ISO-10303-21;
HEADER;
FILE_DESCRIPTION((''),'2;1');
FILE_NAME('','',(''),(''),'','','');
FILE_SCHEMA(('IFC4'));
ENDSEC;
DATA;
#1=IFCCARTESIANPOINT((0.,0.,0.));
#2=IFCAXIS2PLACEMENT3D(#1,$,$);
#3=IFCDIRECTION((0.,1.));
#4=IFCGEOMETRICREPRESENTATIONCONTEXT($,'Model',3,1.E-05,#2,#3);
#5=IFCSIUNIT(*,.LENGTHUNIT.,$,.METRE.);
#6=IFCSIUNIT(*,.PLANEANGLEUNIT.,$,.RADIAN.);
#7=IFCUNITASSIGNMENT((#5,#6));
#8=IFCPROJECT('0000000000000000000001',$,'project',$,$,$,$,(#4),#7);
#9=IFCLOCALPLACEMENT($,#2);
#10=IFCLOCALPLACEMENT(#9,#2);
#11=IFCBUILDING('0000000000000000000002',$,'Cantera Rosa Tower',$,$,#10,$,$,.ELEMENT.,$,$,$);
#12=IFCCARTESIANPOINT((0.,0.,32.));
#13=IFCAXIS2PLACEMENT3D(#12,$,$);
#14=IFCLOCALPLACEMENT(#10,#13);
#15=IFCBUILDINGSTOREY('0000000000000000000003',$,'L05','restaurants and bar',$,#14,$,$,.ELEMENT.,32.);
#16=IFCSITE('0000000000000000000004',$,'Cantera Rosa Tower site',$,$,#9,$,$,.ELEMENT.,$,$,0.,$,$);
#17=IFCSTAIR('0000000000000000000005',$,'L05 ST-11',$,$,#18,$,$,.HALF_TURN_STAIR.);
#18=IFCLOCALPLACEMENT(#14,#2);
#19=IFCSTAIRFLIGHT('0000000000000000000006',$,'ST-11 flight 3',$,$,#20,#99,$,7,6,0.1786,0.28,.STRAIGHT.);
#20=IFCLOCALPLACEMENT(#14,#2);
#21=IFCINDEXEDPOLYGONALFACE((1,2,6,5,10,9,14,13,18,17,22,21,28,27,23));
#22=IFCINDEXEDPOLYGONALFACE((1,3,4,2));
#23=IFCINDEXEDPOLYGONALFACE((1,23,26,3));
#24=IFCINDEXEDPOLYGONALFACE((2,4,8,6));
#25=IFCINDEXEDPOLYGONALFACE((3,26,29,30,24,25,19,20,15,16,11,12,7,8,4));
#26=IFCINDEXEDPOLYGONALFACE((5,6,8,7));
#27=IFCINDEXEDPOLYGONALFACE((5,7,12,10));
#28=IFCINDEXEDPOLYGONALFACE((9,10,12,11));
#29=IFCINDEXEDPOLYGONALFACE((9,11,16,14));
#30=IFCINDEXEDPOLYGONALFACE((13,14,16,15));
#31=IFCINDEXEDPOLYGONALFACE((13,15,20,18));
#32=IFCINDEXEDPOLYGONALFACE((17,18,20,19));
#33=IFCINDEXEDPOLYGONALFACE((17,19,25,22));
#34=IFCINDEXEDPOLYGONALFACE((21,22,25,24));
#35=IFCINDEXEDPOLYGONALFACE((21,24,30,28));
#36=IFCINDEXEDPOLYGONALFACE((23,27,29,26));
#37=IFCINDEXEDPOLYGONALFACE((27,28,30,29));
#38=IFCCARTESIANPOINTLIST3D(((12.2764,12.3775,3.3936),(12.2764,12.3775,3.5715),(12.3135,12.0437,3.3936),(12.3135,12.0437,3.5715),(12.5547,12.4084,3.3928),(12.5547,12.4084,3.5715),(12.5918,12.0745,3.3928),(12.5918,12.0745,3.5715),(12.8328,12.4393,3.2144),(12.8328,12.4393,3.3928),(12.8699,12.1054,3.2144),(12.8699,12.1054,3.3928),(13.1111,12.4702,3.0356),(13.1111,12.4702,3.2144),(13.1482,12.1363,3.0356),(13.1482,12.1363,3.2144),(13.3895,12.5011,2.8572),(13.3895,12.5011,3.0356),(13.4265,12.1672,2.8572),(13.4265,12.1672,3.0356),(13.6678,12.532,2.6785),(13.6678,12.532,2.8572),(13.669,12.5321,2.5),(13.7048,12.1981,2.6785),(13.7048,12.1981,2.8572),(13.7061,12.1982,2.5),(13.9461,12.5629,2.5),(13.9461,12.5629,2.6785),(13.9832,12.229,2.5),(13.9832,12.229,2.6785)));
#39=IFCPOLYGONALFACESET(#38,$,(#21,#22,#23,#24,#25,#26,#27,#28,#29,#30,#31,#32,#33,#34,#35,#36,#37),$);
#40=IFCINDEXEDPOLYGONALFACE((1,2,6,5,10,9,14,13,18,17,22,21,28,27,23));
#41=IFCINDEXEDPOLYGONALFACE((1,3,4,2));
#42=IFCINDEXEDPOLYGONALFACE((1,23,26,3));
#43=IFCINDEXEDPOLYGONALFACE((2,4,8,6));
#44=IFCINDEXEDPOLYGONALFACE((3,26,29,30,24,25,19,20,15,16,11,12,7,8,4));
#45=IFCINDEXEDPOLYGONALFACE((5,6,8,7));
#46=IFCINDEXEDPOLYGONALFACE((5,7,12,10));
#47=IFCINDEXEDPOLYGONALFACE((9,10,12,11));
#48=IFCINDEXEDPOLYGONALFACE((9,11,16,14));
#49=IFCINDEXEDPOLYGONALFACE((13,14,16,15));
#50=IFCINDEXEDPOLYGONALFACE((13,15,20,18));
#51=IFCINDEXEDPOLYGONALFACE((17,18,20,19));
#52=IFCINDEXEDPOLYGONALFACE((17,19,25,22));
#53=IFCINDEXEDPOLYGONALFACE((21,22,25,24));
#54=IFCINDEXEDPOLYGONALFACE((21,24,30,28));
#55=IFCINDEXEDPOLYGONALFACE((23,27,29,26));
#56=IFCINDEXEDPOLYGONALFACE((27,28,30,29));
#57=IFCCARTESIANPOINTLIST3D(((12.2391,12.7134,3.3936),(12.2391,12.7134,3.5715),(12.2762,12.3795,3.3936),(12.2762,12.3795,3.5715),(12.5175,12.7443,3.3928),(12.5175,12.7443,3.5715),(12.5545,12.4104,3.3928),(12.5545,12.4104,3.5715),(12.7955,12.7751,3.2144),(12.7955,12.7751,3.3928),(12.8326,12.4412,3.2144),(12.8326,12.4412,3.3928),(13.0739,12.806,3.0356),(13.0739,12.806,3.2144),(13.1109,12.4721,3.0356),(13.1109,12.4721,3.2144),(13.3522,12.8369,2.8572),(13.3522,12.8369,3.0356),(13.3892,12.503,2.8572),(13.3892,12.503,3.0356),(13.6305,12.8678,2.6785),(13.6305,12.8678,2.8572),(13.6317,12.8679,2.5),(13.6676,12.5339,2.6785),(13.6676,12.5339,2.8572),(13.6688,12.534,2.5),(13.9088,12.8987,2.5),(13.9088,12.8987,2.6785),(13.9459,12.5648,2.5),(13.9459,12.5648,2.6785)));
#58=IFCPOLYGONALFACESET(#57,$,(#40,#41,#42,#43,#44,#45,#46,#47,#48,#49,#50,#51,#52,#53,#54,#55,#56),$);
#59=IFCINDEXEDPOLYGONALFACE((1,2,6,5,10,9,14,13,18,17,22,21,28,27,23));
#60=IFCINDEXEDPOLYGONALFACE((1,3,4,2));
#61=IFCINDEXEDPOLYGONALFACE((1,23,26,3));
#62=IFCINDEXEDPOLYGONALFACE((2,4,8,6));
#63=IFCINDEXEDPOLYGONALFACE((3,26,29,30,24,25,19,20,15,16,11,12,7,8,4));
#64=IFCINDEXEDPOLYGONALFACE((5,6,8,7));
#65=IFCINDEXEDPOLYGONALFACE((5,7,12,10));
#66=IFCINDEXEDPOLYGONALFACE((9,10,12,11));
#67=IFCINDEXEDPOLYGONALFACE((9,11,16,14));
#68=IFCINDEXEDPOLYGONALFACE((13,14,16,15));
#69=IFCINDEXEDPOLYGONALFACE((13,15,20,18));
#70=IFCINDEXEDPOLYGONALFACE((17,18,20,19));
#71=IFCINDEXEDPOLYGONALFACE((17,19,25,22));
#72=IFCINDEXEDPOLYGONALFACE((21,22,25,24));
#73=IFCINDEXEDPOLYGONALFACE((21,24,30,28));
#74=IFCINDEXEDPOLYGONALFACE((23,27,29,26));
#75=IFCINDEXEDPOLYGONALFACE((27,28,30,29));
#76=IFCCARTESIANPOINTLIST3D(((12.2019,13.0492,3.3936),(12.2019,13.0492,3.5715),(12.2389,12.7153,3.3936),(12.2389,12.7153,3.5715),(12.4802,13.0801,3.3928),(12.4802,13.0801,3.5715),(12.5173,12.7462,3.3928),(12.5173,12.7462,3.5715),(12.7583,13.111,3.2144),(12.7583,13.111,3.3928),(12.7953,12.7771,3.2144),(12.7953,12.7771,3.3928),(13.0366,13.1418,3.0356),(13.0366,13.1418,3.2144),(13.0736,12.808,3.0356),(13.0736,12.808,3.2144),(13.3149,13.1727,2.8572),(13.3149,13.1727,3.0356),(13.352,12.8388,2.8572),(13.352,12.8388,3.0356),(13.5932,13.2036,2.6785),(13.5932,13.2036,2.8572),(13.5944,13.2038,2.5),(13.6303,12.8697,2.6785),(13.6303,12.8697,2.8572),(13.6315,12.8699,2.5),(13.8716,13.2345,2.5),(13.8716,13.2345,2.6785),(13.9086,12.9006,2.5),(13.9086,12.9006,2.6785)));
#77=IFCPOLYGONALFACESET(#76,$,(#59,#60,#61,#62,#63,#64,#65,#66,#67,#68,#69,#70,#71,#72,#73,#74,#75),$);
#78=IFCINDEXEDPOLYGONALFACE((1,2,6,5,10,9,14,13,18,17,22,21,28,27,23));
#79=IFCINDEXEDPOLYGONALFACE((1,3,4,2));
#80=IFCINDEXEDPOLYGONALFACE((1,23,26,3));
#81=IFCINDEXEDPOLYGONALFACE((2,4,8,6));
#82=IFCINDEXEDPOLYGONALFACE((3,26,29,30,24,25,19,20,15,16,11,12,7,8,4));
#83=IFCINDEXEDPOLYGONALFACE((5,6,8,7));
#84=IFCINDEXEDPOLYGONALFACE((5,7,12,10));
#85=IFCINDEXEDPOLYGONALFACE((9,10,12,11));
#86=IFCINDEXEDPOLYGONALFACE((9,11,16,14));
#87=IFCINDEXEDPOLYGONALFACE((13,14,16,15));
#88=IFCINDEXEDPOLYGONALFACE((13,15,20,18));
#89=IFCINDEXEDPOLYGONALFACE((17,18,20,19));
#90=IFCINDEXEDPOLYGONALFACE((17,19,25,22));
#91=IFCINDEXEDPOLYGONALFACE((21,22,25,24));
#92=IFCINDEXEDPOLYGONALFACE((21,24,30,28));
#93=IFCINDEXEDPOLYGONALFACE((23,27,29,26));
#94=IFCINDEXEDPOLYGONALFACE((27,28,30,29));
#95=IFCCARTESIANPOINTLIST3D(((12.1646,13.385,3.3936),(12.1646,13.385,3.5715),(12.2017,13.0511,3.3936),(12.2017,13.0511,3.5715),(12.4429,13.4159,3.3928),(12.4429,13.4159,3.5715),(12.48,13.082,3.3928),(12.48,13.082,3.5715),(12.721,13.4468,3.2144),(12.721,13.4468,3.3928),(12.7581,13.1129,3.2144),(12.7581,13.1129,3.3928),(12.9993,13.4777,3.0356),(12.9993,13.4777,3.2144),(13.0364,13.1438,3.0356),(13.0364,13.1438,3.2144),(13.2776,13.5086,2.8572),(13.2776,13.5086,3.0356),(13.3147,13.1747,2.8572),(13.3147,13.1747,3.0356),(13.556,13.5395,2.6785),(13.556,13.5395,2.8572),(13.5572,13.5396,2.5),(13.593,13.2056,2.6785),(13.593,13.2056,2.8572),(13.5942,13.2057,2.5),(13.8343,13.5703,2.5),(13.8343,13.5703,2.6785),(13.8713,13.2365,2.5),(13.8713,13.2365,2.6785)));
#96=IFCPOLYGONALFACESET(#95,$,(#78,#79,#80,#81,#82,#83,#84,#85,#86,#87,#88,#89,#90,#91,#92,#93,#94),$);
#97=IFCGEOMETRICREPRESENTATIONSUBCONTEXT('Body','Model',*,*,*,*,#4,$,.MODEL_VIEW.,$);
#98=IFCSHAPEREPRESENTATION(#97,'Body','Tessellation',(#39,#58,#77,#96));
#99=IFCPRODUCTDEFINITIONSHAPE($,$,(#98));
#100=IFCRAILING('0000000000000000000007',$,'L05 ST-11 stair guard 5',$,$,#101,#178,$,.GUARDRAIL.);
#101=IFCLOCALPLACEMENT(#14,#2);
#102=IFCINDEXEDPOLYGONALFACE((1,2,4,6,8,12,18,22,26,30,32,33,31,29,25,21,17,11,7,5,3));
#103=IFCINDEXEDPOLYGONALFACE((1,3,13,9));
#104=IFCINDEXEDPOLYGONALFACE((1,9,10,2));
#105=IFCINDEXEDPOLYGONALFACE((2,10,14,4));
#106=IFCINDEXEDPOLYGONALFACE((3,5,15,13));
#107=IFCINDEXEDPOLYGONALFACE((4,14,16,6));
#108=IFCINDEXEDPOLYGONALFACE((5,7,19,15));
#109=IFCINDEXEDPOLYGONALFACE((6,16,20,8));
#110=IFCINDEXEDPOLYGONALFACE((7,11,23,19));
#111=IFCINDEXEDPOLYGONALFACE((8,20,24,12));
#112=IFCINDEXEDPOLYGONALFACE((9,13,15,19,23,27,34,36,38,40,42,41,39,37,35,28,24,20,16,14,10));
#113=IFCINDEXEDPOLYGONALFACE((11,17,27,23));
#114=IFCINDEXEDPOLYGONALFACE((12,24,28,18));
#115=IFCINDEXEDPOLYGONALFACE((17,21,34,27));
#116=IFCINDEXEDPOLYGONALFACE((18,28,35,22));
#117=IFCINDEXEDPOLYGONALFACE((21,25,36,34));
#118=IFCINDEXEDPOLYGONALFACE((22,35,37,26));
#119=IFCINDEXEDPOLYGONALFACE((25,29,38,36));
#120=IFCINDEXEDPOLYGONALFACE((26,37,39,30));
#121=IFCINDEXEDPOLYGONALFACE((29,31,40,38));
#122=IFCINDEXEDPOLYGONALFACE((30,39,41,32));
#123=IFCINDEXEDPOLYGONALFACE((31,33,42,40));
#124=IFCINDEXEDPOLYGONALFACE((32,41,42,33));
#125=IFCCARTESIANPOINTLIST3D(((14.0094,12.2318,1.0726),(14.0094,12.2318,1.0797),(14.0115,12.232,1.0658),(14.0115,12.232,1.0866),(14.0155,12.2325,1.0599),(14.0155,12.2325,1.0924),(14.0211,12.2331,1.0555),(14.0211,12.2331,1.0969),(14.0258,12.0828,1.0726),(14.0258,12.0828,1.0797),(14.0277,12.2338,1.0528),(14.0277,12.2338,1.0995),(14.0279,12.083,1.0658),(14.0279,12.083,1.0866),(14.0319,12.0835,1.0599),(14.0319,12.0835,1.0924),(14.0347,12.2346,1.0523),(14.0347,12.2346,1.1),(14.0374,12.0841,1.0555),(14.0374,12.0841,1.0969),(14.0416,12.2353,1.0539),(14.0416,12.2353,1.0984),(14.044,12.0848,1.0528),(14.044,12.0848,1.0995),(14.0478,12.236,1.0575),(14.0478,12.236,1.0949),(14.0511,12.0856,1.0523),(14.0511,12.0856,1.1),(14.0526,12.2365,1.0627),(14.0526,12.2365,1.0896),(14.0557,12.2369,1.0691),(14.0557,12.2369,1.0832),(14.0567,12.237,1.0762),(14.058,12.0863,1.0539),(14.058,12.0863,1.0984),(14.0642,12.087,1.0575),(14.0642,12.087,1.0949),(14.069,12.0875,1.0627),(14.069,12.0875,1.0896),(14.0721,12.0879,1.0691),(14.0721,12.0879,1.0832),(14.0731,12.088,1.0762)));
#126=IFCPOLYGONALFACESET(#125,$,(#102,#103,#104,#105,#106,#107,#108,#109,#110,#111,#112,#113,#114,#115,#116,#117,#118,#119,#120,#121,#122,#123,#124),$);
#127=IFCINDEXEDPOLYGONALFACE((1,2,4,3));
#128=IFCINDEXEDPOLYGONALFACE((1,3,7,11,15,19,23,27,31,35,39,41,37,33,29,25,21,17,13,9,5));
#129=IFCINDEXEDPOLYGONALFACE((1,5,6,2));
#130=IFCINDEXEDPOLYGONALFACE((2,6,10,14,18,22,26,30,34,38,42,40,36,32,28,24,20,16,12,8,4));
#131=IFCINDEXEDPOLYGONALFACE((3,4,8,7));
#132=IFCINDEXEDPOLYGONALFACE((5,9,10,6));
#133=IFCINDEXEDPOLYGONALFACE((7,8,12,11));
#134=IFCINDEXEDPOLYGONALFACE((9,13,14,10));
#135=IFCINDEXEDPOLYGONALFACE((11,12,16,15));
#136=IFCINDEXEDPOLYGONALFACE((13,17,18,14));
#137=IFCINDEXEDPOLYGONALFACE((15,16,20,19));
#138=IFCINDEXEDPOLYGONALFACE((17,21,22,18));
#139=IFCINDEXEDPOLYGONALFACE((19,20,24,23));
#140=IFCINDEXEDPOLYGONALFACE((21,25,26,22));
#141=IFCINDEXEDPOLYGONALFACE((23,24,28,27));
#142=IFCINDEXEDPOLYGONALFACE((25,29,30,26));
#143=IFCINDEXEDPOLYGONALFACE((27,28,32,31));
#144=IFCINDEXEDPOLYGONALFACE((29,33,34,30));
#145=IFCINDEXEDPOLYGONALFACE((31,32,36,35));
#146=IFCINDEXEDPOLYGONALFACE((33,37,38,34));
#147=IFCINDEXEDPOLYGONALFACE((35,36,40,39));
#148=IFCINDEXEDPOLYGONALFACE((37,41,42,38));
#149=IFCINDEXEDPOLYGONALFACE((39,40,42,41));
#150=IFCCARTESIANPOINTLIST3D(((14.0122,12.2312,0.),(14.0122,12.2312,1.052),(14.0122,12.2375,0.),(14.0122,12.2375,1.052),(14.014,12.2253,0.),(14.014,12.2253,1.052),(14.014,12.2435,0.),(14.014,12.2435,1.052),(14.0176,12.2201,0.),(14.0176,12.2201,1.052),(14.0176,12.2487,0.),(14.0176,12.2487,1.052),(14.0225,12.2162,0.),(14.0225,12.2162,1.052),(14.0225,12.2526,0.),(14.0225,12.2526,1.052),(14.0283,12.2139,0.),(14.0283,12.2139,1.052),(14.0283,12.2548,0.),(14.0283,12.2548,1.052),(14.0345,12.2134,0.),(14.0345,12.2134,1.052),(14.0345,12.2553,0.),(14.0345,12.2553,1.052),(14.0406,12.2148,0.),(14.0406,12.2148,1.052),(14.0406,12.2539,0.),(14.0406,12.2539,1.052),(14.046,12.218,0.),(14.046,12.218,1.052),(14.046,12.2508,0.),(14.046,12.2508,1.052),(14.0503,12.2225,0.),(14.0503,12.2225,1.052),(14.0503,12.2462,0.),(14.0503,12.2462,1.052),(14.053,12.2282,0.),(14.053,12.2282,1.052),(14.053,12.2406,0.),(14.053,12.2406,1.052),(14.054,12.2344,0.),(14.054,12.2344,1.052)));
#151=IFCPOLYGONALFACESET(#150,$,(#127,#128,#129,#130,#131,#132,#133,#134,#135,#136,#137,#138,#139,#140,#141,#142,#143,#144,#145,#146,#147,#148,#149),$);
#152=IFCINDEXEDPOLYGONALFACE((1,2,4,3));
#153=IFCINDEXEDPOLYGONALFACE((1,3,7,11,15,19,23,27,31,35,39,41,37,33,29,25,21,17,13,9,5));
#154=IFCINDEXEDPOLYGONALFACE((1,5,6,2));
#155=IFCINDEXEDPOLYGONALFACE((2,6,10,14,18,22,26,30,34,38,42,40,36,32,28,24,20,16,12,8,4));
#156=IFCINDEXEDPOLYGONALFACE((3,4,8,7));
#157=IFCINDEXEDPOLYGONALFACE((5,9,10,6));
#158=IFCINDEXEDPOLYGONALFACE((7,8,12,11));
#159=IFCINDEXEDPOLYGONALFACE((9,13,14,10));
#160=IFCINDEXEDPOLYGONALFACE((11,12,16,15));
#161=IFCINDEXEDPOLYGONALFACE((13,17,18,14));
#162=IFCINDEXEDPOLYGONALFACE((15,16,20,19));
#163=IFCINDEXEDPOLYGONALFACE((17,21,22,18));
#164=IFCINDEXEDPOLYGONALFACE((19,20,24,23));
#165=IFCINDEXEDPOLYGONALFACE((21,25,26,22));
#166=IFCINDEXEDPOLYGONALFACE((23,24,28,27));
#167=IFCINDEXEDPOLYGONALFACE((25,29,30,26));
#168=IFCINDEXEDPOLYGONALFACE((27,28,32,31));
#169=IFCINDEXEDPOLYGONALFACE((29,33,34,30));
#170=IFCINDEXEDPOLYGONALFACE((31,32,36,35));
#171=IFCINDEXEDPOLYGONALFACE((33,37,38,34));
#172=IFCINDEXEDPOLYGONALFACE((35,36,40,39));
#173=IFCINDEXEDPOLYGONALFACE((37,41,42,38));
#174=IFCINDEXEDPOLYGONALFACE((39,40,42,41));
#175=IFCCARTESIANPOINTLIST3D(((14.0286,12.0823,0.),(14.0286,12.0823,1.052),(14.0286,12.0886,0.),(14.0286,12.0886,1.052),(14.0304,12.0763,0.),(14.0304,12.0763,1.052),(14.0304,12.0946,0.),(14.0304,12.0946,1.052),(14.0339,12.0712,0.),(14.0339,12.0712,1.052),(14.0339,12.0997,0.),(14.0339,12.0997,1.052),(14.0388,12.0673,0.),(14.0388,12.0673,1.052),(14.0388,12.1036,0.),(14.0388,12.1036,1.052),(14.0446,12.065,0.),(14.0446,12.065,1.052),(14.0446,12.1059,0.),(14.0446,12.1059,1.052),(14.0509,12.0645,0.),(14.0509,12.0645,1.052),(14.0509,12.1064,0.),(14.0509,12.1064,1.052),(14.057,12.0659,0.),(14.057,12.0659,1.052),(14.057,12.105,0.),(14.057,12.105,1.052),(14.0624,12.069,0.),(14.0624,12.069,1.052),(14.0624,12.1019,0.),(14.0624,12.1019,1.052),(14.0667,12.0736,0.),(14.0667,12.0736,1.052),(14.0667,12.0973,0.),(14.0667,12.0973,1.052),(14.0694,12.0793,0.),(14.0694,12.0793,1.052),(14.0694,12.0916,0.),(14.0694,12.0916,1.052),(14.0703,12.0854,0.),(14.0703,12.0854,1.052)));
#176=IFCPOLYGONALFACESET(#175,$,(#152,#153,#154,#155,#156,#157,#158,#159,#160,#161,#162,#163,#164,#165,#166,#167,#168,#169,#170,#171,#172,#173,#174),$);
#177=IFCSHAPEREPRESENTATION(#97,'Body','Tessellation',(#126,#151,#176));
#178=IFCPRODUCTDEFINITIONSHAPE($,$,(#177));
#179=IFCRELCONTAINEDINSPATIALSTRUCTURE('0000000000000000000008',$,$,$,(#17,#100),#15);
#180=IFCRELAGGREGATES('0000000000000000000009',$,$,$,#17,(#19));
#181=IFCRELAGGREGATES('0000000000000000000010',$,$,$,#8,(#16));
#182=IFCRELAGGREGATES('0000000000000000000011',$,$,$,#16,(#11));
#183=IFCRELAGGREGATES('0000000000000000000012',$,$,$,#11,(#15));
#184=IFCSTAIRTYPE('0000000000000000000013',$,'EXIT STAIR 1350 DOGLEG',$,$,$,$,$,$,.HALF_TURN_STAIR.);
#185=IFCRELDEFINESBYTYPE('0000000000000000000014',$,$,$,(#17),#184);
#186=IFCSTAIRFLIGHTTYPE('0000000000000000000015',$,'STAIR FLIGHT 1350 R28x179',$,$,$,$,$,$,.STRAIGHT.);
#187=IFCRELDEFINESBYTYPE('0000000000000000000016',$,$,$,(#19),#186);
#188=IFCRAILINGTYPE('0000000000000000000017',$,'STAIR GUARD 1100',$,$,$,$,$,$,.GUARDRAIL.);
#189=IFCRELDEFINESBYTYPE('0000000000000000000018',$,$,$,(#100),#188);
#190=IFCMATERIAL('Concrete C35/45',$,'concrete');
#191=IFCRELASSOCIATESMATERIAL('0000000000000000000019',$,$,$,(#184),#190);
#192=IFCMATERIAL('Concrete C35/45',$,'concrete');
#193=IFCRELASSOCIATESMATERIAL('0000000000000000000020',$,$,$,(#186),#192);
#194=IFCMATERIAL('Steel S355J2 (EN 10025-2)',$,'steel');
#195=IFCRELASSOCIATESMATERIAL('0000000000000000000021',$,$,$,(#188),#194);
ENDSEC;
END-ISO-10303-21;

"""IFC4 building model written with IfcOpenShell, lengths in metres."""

from ifc_helpers import new_model, si_unit, direction, frame, origin, origin_2d, place, context, subcontext, project, spatial, polyline, circle, outline, extrude, material, type_object, element, aggregate, save


model = new_model("IFC4")

# Units and contexts
model_context = context("Model", 3, precision=1e-05, world=origin(), true_north=direction((0.0, 1.0)))
body_context = subcontext(model_context, "Body", "Model", "MODEL_VIEW")
ifc_project = project(units=[si_unit("LENGTHUNIT", "METRE"), si_unit("PLANEANGLEUNIT", "RADIAN")], contexts=[model_context])

# Site, building, storey
site_placement = place(None, origin())
site = spatial("IfcSite", under=ifc_project, at=site_placement, Name="Cantera Rosa Tower site", CompositionType="ELEMENT", RefElevation=0.0)
building_placement = place(site_placement, origin())
building = spatial("IfcBuilding", under=site, at=building_placement, Name="Cantera Rosa Tower", CompositionType="ELEMENT")
storey_placement = place(building_placement, frame((0.0, 0.0, 32.0)))
storey = spatial("IfcBuildingStorey", under=building, at=storey_placement, Name="L05", Description="restaurants and bar", CompositionType="ELEMENT", Elevation=32.0)

# Stair, stair flight
ifc_material_1 = material(Name="Concrete C35/45", Category="concrete")
stair_type = type_object("IfcStairType", Name="EXIT STAIR 1350 DOGLEG", PredefinedType="HALF_TURN_STAIR", material=ifc_material_1)
stair_placement = place(storey_placement, origin())
stair = element("IfcStair", 1, at=stair_placement, inside=storey, type_object=stair_type, Name="L05 ST-11", PredefinedType="HALF_TURN_STAIR")
ifc_material_2 = material(Name="Concrete C35/45", Category="concrete")
stair_flight_type = type_object("IfcStairFlightType", Name="STAIR FLIGHT 1350 R28x179", PredefinedType="STRAIGHT", material=ifc_material_2)
stair_flight_placement = place(storey_placement, frame((13.9087, 12.8999, 2.5), z_axis=(0.0, 0.0, 1.0), x_axis=(-0.993897, -0.110313, 0.0)))
stair_flight = element("IfcStairFlight", 2, at=stair_flight_placement, type_object=stair_flight_type, Name="ST-11 flight 3", NumberOfRisers=7, NumberOfTreads=6, PredefinedType="STRAIGHT", RiserHeight=0.1786, TreadLength=0.28, context=body_context, shape_type="SweptSolid", body=[
    extrude(outline(polyline([(0.0, 0.0), (0.0, 0.1785), (0.28, 0.1785), (0.28, 0.3572), (0.5601, 0.3572), (0.5601, 0.5356), (0.8401, 0.5356), (0.8401, 0.7144), (1.1201, 0.7144), (1.1201, 0.8928), (1.3999, 0.8928), (1.3999, 1.0715), (1.6799, 1.0715), (1.6799, 1.25), (1.6799, 0.8936), (0.2788, 0.0), (0.0, 0.0)])), frame((0.0, 0.675, 0.0), z_axis=(0.0, -1.0, 0.0), x_axis=(1.0, 0.0, 0.0)), (0.0, 0.0, 1.0), 0.3359),
    extrude(outline(polyline([(0.0, 0.0), (0.0, 0.1785), (0.28, 0.1785), (0.28, 0.3572), (0.5601, 0.3572), (0.5601, 0.5356), (0.8401, 0.5356), (0.8401, 0.7144), (1.1201, 0.7144), (1.1201, 0.8928), (1.3999, 0.8928), (1.3999, 1.0715), (1.6799, 1.0715), (1.6799, 1.25), (1.6799, 0.8936), (0.2788, 0.0), (0.0, 0.0)])), frame((0.0, 0.3372, 0.0), z_axis=(0.0, -1.0, 0.0), x_axis=(1.0, 0.0, 0.0)), (0.0, 0.0, 1.0), 0.3359),
    extrude(outline(polyline([(0.0, 0.0), (0.0, 0.1785), (0.28, 0.1785), (0.28, 0.3572), (0.5601, 0.3572), (0.5601, 0.5356), (0.8401, 0.5356), (0.8401, 0.7144), (1.1201, 0.7144), (1.1201, 0.8928), (1.3999, 0.8928), (1.3999, 1.0715), (1.6799, 1.0715), (1.6799, 1.25), (1.6799, 0.8936), (0.2788, 0.0), (0.0, 0.0)])), frame((0.0, -0.0007, 0.0), z_axis=(0.0, -1.0, 0.0), x_axis=(1.0, 0.0, 0.0)), (0.0, 0.0, 1.0), 0.3359),
    extrude(outline(polyline([(0.0, 0.0), (0.0, 0.1785), (0.28, 0.1785), (0.28, 0.3572), (0.5601, 0.3572), (0.5601, 0.5356), (0.8401, 0.5356), (0.8401, 0.7144), (1.1201, 0.7144), (1.1201, 0.8928), (1.3999, 0.8928), (1.3999, 1.0715), (1.6799, 1.0715), (1.6799, 1.25), (1.6799, 0.8936), (0.2788, 0.0), (0.0, 0.0)])), frame((0.0, -0.3386, 0.0), z_axis=(0.0, -1.0, 0.0), x_axis=(1.0, 0.0, 0.0)), (0.0, 0.0, 1.0), 0.3359),
])
aggregate(stair, [stair_flight])

# Railing
ifc_material_3 = material(Name="Steel S355J2 (EN 10025-2)", Category="steel")
railing_type = type_object("IfcRailingType", Name="STAIR GUARD 1100", PredefinedType="GUARDRAIL", material=ifc_material_3)
railing_placement = place(storey_placement, frame((14.033, 12.2344, 0.0)))
element("IfcRailing", 3, at=railing_placement, inside=storey, type_object=railing_type, Name="L05 ST-11 stair guard 5", PredefinedType="GUARDRAIL", context=body_context, shape_type="SweptSolid", body=[
    extrude(circle(Radius=0.0239, at=origin_2d()), frame((0.0, 0.0, 1.0762), z_axis=(0.109179, -0.994022, 0.0), x_axis=(0.994022, 0.109179, 0.0)), (0.0, 0.0, 1.0), 0.1499),
    extrude(circle(Radius=0.021, at=origin_2d()), origin(), (0.0, 0.0, 1.0), 1.052),
    extrude(circle(Radius=0.021, at=origin_2d()), frame((0.0164, -0.1489, 0.0)), (0.0, 0.0, 1.0), 1.052),
])

save(model, "model.ifc")
